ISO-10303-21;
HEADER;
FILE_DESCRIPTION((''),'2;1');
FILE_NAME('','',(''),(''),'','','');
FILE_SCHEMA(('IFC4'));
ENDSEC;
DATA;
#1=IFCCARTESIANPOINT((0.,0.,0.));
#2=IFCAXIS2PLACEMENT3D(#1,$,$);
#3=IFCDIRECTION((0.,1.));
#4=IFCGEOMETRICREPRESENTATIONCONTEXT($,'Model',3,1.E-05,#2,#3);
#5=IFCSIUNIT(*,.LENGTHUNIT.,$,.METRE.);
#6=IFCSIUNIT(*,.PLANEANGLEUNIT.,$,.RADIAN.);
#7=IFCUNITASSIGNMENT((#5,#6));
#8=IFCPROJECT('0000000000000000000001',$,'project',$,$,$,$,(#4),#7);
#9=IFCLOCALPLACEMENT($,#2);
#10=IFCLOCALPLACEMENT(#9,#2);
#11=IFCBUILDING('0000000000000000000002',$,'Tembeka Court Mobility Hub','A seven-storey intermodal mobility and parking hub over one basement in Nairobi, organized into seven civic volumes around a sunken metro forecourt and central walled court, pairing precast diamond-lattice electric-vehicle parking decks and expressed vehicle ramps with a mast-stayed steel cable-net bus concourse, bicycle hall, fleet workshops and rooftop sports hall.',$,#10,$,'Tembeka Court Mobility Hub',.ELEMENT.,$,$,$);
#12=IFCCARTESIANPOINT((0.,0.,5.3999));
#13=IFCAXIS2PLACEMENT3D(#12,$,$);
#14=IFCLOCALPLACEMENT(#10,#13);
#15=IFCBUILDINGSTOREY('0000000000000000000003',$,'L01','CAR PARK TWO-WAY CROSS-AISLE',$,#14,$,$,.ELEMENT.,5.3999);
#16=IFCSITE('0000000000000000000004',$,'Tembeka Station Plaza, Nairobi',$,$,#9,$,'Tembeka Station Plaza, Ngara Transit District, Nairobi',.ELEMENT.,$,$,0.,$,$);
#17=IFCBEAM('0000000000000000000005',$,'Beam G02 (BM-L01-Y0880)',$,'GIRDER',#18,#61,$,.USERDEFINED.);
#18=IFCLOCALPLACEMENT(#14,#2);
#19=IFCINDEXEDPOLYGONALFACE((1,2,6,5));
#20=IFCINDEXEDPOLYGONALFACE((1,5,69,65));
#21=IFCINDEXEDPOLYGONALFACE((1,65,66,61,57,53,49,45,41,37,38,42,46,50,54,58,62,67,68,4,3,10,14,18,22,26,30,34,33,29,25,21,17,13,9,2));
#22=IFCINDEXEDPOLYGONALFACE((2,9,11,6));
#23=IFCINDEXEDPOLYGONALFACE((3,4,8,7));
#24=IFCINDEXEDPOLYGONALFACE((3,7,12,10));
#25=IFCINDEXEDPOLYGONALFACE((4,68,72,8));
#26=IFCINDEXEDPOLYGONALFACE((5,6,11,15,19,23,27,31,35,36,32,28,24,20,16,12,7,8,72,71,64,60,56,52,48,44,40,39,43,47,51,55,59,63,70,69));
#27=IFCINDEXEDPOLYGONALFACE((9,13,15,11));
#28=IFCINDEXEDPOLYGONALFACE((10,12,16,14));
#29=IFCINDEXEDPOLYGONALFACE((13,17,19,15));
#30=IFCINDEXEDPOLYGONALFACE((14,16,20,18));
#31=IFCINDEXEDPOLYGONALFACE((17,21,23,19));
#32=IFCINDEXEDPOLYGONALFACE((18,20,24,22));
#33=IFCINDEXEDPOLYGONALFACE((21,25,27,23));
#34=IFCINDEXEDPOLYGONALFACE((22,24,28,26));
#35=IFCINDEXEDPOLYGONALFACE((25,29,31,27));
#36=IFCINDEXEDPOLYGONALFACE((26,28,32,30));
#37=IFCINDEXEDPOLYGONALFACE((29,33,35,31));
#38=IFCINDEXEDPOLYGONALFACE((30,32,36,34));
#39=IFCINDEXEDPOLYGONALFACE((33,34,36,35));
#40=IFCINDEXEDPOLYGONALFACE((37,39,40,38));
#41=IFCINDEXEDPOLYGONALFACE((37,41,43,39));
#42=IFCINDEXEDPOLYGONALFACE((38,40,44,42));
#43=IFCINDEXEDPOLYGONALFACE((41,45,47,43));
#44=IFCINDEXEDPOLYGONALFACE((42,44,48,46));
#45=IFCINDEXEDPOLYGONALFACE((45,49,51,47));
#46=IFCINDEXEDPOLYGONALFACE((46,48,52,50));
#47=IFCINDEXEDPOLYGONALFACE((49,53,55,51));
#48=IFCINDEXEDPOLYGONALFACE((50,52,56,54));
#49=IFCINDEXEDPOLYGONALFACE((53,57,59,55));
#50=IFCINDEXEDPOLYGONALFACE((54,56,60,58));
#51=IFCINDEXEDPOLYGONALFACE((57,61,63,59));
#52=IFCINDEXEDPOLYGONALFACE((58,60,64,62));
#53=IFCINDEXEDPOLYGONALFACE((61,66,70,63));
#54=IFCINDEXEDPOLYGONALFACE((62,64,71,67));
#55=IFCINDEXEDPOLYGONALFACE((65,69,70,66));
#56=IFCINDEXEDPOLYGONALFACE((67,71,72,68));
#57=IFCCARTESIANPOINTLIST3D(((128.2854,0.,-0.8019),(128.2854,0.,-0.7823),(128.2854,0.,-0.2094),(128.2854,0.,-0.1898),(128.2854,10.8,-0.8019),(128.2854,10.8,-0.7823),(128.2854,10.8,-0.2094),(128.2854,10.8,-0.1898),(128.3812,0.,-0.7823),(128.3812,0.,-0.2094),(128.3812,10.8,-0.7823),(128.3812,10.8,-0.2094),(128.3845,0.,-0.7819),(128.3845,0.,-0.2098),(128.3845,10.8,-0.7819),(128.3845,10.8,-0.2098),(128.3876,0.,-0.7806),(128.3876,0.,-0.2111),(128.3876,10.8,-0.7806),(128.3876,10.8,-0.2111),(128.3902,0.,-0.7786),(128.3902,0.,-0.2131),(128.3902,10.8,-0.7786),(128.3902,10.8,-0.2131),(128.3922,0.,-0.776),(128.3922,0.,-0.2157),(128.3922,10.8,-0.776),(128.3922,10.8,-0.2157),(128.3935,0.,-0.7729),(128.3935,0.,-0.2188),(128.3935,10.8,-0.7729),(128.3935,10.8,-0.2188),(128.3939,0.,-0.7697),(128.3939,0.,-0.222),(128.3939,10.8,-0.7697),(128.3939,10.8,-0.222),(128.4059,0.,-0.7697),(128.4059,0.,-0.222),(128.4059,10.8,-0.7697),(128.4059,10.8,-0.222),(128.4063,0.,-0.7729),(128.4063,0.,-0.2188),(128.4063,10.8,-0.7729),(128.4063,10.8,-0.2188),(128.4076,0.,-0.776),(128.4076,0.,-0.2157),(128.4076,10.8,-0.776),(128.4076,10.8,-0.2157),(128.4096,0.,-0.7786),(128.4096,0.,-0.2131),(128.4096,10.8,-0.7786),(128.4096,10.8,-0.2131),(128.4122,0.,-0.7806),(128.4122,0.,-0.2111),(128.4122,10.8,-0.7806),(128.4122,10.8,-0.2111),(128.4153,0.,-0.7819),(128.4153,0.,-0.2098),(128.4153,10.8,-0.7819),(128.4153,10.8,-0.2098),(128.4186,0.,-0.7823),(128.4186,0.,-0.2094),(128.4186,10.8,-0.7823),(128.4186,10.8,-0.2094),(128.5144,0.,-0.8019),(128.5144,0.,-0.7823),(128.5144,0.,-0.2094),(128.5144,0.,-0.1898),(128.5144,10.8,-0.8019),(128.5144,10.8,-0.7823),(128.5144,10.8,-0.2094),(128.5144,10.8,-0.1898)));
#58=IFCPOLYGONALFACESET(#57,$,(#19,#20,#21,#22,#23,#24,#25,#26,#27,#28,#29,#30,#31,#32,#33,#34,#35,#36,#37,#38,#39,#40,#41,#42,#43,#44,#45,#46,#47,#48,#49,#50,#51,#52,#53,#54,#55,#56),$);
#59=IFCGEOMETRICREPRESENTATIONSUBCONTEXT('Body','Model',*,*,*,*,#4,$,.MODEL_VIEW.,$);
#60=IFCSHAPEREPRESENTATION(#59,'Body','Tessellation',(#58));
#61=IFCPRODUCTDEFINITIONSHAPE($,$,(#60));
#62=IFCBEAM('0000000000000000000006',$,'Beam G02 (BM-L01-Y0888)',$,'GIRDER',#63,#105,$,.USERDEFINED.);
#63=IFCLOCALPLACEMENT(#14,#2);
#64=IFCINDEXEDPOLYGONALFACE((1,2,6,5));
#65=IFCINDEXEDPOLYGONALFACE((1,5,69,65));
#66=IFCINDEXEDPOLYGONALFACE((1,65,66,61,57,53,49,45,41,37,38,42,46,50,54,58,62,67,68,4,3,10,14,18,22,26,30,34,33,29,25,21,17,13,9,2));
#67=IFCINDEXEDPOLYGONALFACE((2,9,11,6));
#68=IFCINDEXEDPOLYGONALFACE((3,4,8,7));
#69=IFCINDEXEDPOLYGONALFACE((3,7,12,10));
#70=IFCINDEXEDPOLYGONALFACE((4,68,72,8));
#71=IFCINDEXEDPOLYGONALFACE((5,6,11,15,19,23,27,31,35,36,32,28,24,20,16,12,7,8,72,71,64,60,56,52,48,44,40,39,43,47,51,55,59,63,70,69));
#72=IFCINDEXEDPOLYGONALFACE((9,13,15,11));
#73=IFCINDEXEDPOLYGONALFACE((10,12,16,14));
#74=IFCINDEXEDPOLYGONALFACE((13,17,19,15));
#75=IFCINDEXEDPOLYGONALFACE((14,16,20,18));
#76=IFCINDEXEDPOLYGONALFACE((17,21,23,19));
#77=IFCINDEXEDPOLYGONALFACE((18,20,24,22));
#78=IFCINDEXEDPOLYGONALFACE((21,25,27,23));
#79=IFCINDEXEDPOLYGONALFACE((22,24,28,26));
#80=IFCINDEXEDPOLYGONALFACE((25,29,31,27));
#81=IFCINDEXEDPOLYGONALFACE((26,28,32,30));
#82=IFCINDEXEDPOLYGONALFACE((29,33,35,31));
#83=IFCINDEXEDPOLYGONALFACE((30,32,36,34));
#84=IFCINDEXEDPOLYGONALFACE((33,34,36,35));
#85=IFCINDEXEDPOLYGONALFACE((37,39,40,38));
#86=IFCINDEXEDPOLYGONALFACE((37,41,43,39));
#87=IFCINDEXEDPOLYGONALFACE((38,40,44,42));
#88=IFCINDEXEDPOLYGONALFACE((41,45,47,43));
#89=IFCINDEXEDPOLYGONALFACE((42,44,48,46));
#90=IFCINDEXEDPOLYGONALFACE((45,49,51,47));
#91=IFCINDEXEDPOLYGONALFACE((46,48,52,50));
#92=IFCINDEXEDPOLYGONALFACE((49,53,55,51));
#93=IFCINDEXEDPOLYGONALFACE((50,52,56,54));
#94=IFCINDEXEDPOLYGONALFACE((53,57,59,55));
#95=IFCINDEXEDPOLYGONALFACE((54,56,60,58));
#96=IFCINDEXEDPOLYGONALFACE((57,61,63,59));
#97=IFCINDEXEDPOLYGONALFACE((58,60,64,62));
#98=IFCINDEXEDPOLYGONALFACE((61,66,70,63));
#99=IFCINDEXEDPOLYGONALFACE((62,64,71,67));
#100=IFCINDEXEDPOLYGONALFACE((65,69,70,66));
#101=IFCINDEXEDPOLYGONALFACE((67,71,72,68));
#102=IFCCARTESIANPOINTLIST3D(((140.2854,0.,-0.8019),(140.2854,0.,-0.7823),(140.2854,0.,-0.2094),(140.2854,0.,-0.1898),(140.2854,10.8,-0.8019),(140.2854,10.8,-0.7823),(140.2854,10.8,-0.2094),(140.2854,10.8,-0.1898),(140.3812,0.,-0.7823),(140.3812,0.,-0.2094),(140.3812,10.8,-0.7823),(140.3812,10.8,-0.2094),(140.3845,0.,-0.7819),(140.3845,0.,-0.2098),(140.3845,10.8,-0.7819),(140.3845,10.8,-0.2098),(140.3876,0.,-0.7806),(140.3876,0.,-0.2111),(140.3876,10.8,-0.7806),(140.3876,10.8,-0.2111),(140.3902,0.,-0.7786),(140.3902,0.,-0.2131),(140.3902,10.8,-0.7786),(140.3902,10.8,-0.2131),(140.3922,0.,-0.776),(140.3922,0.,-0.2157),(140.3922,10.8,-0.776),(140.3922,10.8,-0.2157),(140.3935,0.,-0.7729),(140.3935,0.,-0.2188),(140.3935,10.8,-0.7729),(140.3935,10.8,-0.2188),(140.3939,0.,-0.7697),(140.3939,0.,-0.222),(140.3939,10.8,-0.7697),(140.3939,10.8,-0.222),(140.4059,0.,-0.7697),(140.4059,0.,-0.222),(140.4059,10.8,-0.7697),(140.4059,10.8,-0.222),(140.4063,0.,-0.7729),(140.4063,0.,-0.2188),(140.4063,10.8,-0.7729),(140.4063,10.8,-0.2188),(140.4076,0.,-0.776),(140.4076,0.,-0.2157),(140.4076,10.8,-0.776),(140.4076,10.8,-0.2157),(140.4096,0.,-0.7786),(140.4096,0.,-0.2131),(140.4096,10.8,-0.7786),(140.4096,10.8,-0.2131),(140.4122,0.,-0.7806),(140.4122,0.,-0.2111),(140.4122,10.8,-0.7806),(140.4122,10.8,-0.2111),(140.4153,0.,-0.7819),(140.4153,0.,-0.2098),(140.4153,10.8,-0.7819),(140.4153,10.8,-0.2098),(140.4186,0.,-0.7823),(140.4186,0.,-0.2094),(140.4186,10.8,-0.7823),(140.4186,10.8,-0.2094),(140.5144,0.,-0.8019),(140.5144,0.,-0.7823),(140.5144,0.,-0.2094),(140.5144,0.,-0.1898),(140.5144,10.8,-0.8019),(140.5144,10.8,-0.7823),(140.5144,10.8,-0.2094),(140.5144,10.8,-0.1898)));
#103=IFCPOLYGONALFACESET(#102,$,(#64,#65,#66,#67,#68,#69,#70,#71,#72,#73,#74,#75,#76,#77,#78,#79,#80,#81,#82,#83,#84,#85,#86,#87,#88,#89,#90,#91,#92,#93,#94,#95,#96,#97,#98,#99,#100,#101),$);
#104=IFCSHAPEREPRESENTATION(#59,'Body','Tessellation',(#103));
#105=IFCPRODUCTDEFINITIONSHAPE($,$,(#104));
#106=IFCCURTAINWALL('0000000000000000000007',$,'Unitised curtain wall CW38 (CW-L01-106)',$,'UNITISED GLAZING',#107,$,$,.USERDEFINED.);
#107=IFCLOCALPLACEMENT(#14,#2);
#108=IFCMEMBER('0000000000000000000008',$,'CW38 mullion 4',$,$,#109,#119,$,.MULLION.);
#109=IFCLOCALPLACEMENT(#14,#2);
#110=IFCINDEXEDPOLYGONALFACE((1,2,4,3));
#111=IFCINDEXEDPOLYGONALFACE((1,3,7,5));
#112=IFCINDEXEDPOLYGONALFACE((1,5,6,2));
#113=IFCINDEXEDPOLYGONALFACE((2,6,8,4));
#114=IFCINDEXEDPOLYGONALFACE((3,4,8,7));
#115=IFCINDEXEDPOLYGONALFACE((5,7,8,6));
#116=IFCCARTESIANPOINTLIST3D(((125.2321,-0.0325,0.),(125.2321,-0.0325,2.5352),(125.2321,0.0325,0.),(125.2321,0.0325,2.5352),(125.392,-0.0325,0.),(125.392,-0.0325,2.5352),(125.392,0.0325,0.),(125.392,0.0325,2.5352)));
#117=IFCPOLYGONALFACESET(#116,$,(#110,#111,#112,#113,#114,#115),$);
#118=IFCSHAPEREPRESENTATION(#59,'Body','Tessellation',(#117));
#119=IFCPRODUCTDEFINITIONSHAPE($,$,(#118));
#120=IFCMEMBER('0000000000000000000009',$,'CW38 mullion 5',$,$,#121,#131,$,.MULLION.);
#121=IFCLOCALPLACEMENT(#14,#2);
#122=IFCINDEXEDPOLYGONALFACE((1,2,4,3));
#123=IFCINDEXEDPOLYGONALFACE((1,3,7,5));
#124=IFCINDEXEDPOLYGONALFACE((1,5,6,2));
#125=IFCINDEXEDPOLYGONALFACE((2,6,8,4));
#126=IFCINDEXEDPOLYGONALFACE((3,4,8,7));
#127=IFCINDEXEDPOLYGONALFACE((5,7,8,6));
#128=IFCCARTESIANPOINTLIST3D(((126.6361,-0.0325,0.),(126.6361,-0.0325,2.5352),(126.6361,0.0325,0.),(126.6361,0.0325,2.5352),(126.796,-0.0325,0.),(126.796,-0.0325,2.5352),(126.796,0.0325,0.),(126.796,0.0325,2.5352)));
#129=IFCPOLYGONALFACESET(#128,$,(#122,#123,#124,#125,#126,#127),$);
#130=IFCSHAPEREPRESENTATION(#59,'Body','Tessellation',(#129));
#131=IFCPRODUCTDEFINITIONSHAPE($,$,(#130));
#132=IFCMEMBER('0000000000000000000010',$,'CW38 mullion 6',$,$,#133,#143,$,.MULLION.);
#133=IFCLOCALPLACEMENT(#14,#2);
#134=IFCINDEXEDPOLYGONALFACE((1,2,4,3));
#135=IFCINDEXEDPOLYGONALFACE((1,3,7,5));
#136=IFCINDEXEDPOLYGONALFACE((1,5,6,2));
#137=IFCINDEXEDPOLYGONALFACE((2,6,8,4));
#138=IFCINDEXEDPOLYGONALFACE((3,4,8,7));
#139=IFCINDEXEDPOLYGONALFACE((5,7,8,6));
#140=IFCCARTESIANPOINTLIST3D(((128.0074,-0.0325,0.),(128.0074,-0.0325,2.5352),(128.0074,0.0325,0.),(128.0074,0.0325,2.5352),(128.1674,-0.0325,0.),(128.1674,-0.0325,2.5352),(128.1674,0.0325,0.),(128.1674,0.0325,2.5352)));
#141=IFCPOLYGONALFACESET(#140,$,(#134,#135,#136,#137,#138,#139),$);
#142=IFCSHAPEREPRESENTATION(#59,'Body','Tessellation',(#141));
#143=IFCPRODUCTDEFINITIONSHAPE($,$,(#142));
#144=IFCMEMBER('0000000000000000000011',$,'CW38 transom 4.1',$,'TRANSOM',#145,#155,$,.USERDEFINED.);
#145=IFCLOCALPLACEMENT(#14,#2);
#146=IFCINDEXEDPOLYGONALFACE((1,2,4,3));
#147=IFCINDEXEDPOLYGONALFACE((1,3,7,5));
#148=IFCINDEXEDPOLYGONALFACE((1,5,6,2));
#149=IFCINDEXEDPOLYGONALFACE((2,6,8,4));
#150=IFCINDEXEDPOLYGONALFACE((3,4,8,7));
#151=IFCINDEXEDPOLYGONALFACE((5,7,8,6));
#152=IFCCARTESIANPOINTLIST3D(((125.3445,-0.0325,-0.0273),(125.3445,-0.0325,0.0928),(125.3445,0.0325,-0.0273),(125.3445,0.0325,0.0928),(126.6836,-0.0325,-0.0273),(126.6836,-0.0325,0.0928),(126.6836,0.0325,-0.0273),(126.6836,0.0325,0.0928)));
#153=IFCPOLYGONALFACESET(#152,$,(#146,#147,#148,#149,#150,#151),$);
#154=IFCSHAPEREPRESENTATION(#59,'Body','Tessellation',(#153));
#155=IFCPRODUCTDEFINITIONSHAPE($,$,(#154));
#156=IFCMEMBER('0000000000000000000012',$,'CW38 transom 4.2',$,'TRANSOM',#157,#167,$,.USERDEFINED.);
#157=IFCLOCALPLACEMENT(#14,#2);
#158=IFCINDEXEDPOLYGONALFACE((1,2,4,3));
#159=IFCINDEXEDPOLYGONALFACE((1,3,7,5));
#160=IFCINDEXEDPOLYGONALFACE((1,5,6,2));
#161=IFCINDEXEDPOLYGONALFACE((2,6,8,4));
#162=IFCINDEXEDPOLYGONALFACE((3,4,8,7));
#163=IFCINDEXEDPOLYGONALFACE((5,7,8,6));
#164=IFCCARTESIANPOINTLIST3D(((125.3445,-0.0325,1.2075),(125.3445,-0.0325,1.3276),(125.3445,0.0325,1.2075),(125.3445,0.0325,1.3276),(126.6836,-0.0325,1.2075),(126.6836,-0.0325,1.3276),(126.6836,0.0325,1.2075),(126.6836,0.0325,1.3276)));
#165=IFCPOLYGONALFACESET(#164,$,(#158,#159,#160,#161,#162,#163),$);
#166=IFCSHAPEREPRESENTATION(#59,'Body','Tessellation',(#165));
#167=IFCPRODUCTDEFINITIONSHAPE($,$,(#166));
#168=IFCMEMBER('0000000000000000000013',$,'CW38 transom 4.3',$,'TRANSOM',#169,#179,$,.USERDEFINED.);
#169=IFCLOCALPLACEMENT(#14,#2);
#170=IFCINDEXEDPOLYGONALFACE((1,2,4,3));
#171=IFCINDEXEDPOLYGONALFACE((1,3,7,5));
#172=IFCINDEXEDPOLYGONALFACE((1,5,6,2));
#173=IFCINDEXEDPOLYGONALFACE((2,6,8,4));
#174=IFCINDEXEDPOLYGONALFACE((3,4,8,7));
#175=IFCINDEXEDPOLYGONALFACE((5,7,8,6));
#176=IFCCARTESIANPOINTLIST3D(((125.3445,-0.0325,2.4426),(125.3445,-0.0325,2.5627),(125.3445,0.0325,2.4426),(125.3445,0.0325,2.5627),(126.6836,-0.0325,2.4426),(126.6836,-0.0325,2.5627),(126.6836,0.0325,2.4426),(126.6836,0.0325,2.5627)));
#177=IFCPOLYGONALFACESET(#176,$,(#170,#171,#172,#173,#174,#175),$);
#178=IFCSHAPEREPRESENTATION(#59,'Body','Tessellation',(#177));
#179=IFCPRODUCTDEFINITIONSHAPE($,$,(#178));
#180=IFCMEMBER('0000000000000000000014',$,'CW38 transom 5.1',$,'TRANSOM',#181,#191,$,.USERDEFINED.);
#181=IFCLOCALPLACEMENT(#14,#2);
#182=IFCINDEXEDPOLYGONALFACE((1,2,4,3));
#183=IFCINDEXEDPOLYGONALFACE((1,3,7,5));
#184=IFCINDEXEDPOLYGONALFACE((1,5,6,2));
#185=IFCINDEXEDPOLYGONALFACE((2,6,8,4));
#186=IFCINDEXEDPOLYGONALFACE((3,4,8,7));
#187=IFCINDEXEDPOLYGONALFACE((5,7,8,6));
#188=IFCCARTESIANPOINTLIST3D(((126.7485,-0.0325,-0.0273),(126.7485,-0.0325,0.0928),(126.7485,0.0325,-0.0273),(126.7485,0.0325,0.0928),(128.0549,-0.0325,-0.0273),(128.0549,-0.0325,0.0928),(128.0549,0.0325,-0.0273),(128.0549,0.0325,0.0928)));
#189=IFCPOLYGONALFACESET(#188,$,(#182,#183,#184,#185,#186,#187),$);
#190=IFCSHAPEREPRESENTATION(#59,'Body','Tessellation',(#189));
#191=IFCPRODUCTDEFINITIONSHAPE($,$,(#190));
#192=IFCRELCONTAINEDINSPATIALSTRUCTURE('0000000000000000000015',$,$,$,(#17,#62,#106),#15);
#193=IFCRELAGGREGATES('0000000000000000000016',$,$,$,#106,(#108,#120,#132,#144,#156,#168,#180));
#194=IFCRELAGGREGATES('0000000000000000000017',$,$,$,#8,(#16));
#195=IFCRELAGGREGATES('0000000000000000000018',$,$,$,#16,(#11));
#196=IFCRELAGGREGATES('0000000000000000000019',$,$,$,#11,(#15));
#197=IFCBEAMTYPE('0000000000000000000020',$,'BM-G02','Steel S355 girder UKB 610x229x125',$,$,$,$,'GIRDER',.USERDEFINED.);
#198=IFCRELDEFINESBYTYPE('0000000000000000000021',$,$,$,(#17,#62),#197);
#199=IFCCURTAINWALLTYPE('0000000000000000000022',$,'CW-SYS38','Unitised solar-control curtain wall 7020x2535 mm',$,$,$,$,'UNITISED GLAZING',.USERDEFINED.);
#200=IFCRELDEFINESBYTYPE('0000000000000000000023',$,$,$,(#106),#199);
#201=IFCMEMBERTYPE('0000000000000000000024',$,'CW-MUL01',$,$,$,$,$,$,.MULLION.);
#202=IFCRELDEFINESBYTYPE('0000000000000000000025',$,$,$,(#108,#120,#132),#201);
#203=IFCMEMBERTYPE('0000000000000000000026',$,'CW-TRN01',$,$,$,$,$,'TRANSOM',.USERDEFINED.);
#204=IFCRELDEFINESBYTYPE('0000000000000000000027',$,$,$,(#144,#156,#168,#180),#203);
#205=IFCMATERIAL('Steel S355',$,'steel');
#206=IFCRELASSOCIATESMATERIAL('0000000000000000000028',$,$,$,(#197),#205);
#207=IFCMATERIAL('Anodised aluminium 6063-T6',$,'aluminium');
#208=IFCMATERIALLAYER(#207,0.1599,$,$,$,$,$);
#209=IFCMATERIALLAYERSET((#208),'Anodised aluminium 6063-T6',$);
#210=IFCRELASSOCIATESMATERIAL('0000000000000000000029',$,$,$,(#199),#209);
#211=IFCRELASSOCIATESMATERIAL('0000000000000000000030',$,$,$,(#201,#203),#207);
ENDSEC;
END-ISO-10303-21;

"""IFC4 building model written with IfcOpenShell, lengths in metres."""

from ifc_helpers import new_model, si_unit, direction, frame, origin, origin_2d, place, context, subcontext, project, spatial, rectangle, i_section, extrude, material, layer, layer_set, material_profile, profile_set, type_object, element, aggregate, save


model = new_model("IFC4")

# Units and contexts
model_context = context("Model", 3, precision=1e-05, world=origin(), true_north=direction((0.0, 1.0)))
body_context = subcontext(model_context, "Body", "Model", "MODEL_VIEW")
ifc_project = project(units=[si_unit("LENGTHUNIT", "METRE"), si_unit("PLANEANGLEUNIT", "RADIAN")], contexts=[model_context])

# Site, building, storey
site_placement = place(None, origin())
site = spatial("IfcSite", under=ifc_project, at=site_placement, Name="Tembeka Station Plaza, Nairobi", LongName="Tembeka Station Plaza, Ngara Transit District, Nairobi", CompositionType="ELEMENT", RefElevation=0.0)
building_placement = place(site_placement, origin())
building = spatial("IfcBuilding", under=site, at=building_placement, Name="Tembeka Court Mobility Hub", Description="A seven-storey intermodal mobility and parking hub over one basement in Nairobi, organized into seven civic volumes around a sunken metro forecourt and central walled court, pairing precast diamond-lattice electric-vehicle parking decks and expressed vehicle ramps with a mast-stayed steel cable-net bus concourse, bicycle hall, fleet workshops and rooftop sports hall.", LongName="Tembeka Court Mobility Hub", CompositionType="ELEMENT")
storey_placement = place(building_placement, frame((0.0, 0.0, 5.3999)))
storey = spatial("IfcBuildingStorey", under=building, at=storey_placement, Name="L01", Description="CAR PARK TWO-WAY CROSS-AISLE", CompositionType="ELEMENT", Elevation=5.3999)

# Shared definitions
ifc_material_1 = material(Name="Steel S355", Category="steel")

# Beams
ifc_material_profile_1 = material_profile(ifc_material_1, i_section(OverallWidth=0.229, OverallDepth=0.6121, WebThickness=0.012, FlangeThickness=0.0195, FilletRadius=0.0127, at=origin_2d()), Name="UKB 610x229x125")
ifc_profile_set_1 = profile_set([ifc_material_profile_1], Name="Steel S355")
beam_type = type_object("IfcBeamType", Name="BM-G02", Description="Steel S355 girder UKB 610x229x125", ElementType="GIRDER", PredefinedType="USERDEFINED", material=ifc_profile_set_1)
for number, where, z_axis, x_axis, name in (
    (1, (128.3999, 0.0, -0.4958), (0.0, 1.0, 0.0), (-1.0, 0.0, 0.0), "Beam G02 (BM-L01-Y0880)"),
    (2, (140.3999, 0.0, -0.4958), (0.0, 1.0, 0.0), (-1.0, 0.0, 0.0), "Beam G02 (BM-L01-Y0888)"),
):
    element("IfcBeam", number, at=place(storey_placement, frame(where, z_axis=z_axis, x_axis=x_axis)), inside=storey, type_object=beam_type, Name=name, ObjectType="GIRDER", PredefinedType="USERDEFINED", context=body_context, shape_type="SweptSolid", body=[
        extrude(i_section(OverallWidth=0.229, OverallDepth=0.6121, WebThickness=0.012, FlangeThickness=0.0195, FilletRadius=0.0127, at=origin_2d()), origin(), (0.0, 0.0, 1.0), 10.8),
    ])

# Curtain wall, members
ifc_material_2 = material(Name="Anodised aluminium 6063-T6", Category="aluminium")
ifc_layer_1 = layer(ifc_material_2, 0.1599)
ifc_layer_set_1 = layer_set([ifc_layer_1], Name="Anodised aluminium 6063-T6")
curtain_wall_type = type_object("IfcCurtainWallType", Name="CW-SYS38", Description="Unitised solar-control curtain wall 7020x2535 mm", ElementType="UNITISED GLAZING", PredefinedType="USERDEFINED", material=ifc_layer_set_1)
curtain_wall_placement = place(storey_placement, origin())
curtain_wall = element("IfcCurtainWall", 3, at=curtain_wall_placement, inside=storey, type_object=curtain_wall_type, Name="Unitised curtain wall CW38 (CW-L01-106)", ObjectType="UNITISED GLAZING", PredefinedType="USERDEFINED")
ifc_material_profile_2 = material_profile(ifc_material_2, rectangle(XDim=0.0649, YDim=0.1599, at=origin_2d()), Name="ALU-MUL 65x160")
ifc_profile_set_2 = profile_set([ifc_material_profile_2], Name="Anodised aluminium 6063-T6")
member_type_1 = type_object("IfcMemberType", Name="CW-MUL01", PredefinedType="MULLION", material=ifc_profile_set_2)
member_1_placement = place(storey_placement, frame((125.312, 0.0, 0.0), z_axis=(0.0, 0.0, 1.0), x_axis=(0.0, 1.0, 0.0)))
member_1 = element("IfcMember", 4, at=member_1_placement, type_object=member_type_1, Name="CW38 mullion 4", PredefinedType="MULLION", context=body_context, shape_type="SweptSolid", body=[
    extrude(rectangle(XDim=0.0649, YDim=0.1599, at=origin_2d()), origin(), (0.0, 0.0, 1.0), 2.5352),
])
member_2_placement = place(storey_placement, frame((126.7161, 0.0, 0.0), z_axis=(0.0, 0.0, 1.0), x_axis=(0.0, 1.0, 0.0)))
member_2 = element("IfcMember", 5, at=member_2_placement, type_object=member_type_1, Name="CW38 mullion 5", PredefinedType="MULLION", context=body_context, shape_type="SweptSolid", body=[
    extrude(rectangle(XDim=0.0649, YDim=0.1599, at=origin_2d()), origin(), (0.0, 0.0, 1.0), 2.5352),
])
member_3_placement = place(storey_placement, frame((128.0874, 0.0, 0.0), z_axis=(0.0, 0.0, 1.0), x_axis=(0.0, 1.0, 0.0)))
member_3 = element("IfcMember", 6, at=member_3_placement, type_object=member_type_1, Name="CW38 mullion 6", PredefinedType="MULLION", context=body_context, shape_type="SweptSolid", body=[
    extrude(rectangle(XDim=0.0649, YDim=0.1599, at=origin_2d()), origin(), (0.0, 0.0, 1.0), 2.5352),
])
ifc_material_profile_3 = material_profile(ifc_material_2, rectangle(XDim=0.0649, YDim=0.1201, at=origin_2d()), Name="ALU-TRN 65x120")
ifc_profile_set_3 = profile_set([ifc_material_profile_3], Name="Anodised aluminium 6063-T6")
member_type_2 = type_object("IfcMemberType", Name="CW-TRN01", ElementType="TRANSOM", PredefinedType="USERDEFINED", material=ifc_profile_set_3)
member_4_placement = place(storey_placement, frame((125.3445, 0.0, 0.0327), z_axis=(1.0, 0.0, 0.0), x_axis=(0.0, 1.0, 0.0)))
member_4 = element("IfcMember", 7, at=member_4_placement, type_object=member_type_2, Name="CW38 transom 4.1", ObjectType="TRANSOM", PredefinedType="USERDEFINED", context=body_context, shape_type="SweptSolid", body=[
    extrude(rectangle(XDim=0.0649, YDim=0.1201, at=origin_2d()), origin(), (0.0, 0.0, 1.0), 1.3391),
])
member_5_placement = place(storey_placement, frame((125.3445, 0.0, 1.2676), z_axis=(1.0, 0.0, 0.0), x_axis=(0.0, 1.0, 0.0)))
member_5 = element("IfcMember", 8, at=member_5_placement, type_object=member_type_2, Name="CW38 transom 4.2", ObjectType="TRANSOM", PredefinedType="USERDEFINED", context=body_context, shape_type="SweptSolid", body=[
    extrude(rectangle(XDim=0.0649, YDim=0.1201, at=origin_2d()), origin(), (0.0, 0.0, 1.0), 1.3391),
])
member_6_placement = place(storey_placement, frame((125.3445, 0.0, 2.5027), z_axis=(1.0, 0.0, 0.0), x_axis=(0.0, 1.0, 0.0)))
member_6 = element("IfcMember", 9, at=member_6_placement, type_object=member_type_2, Name="CW38 transom 4.3", ObjectType="TRANSOM", PredefinedType="USERDEFINED", context=body_context, shape_type="SweptSolid", body=[
    extrude(rectangle(XDim=0.0649, YDim=0.1201, at=origin_2d()), origin(), (0.0, 0.0, 1.0), 1.3391),
])
member_7_placement = place(storey_placement, frame((126.7485, 0.0, 0.0327), z_axis=(1.0, 0.0, 0.0), x_axis=(0.0, 1.0, 0.0)))
member_7 = element("IfcMember", 10, at=member_7_placement, type_object=member_type_2, Name="CW38 transom 5.1", ObjectType="TRANSOM", PredefinedType="USERDEFINED", context=body_context, shape_type="SweptSolid", body=[
    extrude(rectangle(XDim=0.0649, YDim=0.1201, at=origin_2d()), origin(), (0.0, 0.0, 1.0), 1.3064),
])
aggregate(curtain_wall, [member_1, member_2, member_3, member_4, member_5, member_6, member_7])

save(model, "model.ifc")
